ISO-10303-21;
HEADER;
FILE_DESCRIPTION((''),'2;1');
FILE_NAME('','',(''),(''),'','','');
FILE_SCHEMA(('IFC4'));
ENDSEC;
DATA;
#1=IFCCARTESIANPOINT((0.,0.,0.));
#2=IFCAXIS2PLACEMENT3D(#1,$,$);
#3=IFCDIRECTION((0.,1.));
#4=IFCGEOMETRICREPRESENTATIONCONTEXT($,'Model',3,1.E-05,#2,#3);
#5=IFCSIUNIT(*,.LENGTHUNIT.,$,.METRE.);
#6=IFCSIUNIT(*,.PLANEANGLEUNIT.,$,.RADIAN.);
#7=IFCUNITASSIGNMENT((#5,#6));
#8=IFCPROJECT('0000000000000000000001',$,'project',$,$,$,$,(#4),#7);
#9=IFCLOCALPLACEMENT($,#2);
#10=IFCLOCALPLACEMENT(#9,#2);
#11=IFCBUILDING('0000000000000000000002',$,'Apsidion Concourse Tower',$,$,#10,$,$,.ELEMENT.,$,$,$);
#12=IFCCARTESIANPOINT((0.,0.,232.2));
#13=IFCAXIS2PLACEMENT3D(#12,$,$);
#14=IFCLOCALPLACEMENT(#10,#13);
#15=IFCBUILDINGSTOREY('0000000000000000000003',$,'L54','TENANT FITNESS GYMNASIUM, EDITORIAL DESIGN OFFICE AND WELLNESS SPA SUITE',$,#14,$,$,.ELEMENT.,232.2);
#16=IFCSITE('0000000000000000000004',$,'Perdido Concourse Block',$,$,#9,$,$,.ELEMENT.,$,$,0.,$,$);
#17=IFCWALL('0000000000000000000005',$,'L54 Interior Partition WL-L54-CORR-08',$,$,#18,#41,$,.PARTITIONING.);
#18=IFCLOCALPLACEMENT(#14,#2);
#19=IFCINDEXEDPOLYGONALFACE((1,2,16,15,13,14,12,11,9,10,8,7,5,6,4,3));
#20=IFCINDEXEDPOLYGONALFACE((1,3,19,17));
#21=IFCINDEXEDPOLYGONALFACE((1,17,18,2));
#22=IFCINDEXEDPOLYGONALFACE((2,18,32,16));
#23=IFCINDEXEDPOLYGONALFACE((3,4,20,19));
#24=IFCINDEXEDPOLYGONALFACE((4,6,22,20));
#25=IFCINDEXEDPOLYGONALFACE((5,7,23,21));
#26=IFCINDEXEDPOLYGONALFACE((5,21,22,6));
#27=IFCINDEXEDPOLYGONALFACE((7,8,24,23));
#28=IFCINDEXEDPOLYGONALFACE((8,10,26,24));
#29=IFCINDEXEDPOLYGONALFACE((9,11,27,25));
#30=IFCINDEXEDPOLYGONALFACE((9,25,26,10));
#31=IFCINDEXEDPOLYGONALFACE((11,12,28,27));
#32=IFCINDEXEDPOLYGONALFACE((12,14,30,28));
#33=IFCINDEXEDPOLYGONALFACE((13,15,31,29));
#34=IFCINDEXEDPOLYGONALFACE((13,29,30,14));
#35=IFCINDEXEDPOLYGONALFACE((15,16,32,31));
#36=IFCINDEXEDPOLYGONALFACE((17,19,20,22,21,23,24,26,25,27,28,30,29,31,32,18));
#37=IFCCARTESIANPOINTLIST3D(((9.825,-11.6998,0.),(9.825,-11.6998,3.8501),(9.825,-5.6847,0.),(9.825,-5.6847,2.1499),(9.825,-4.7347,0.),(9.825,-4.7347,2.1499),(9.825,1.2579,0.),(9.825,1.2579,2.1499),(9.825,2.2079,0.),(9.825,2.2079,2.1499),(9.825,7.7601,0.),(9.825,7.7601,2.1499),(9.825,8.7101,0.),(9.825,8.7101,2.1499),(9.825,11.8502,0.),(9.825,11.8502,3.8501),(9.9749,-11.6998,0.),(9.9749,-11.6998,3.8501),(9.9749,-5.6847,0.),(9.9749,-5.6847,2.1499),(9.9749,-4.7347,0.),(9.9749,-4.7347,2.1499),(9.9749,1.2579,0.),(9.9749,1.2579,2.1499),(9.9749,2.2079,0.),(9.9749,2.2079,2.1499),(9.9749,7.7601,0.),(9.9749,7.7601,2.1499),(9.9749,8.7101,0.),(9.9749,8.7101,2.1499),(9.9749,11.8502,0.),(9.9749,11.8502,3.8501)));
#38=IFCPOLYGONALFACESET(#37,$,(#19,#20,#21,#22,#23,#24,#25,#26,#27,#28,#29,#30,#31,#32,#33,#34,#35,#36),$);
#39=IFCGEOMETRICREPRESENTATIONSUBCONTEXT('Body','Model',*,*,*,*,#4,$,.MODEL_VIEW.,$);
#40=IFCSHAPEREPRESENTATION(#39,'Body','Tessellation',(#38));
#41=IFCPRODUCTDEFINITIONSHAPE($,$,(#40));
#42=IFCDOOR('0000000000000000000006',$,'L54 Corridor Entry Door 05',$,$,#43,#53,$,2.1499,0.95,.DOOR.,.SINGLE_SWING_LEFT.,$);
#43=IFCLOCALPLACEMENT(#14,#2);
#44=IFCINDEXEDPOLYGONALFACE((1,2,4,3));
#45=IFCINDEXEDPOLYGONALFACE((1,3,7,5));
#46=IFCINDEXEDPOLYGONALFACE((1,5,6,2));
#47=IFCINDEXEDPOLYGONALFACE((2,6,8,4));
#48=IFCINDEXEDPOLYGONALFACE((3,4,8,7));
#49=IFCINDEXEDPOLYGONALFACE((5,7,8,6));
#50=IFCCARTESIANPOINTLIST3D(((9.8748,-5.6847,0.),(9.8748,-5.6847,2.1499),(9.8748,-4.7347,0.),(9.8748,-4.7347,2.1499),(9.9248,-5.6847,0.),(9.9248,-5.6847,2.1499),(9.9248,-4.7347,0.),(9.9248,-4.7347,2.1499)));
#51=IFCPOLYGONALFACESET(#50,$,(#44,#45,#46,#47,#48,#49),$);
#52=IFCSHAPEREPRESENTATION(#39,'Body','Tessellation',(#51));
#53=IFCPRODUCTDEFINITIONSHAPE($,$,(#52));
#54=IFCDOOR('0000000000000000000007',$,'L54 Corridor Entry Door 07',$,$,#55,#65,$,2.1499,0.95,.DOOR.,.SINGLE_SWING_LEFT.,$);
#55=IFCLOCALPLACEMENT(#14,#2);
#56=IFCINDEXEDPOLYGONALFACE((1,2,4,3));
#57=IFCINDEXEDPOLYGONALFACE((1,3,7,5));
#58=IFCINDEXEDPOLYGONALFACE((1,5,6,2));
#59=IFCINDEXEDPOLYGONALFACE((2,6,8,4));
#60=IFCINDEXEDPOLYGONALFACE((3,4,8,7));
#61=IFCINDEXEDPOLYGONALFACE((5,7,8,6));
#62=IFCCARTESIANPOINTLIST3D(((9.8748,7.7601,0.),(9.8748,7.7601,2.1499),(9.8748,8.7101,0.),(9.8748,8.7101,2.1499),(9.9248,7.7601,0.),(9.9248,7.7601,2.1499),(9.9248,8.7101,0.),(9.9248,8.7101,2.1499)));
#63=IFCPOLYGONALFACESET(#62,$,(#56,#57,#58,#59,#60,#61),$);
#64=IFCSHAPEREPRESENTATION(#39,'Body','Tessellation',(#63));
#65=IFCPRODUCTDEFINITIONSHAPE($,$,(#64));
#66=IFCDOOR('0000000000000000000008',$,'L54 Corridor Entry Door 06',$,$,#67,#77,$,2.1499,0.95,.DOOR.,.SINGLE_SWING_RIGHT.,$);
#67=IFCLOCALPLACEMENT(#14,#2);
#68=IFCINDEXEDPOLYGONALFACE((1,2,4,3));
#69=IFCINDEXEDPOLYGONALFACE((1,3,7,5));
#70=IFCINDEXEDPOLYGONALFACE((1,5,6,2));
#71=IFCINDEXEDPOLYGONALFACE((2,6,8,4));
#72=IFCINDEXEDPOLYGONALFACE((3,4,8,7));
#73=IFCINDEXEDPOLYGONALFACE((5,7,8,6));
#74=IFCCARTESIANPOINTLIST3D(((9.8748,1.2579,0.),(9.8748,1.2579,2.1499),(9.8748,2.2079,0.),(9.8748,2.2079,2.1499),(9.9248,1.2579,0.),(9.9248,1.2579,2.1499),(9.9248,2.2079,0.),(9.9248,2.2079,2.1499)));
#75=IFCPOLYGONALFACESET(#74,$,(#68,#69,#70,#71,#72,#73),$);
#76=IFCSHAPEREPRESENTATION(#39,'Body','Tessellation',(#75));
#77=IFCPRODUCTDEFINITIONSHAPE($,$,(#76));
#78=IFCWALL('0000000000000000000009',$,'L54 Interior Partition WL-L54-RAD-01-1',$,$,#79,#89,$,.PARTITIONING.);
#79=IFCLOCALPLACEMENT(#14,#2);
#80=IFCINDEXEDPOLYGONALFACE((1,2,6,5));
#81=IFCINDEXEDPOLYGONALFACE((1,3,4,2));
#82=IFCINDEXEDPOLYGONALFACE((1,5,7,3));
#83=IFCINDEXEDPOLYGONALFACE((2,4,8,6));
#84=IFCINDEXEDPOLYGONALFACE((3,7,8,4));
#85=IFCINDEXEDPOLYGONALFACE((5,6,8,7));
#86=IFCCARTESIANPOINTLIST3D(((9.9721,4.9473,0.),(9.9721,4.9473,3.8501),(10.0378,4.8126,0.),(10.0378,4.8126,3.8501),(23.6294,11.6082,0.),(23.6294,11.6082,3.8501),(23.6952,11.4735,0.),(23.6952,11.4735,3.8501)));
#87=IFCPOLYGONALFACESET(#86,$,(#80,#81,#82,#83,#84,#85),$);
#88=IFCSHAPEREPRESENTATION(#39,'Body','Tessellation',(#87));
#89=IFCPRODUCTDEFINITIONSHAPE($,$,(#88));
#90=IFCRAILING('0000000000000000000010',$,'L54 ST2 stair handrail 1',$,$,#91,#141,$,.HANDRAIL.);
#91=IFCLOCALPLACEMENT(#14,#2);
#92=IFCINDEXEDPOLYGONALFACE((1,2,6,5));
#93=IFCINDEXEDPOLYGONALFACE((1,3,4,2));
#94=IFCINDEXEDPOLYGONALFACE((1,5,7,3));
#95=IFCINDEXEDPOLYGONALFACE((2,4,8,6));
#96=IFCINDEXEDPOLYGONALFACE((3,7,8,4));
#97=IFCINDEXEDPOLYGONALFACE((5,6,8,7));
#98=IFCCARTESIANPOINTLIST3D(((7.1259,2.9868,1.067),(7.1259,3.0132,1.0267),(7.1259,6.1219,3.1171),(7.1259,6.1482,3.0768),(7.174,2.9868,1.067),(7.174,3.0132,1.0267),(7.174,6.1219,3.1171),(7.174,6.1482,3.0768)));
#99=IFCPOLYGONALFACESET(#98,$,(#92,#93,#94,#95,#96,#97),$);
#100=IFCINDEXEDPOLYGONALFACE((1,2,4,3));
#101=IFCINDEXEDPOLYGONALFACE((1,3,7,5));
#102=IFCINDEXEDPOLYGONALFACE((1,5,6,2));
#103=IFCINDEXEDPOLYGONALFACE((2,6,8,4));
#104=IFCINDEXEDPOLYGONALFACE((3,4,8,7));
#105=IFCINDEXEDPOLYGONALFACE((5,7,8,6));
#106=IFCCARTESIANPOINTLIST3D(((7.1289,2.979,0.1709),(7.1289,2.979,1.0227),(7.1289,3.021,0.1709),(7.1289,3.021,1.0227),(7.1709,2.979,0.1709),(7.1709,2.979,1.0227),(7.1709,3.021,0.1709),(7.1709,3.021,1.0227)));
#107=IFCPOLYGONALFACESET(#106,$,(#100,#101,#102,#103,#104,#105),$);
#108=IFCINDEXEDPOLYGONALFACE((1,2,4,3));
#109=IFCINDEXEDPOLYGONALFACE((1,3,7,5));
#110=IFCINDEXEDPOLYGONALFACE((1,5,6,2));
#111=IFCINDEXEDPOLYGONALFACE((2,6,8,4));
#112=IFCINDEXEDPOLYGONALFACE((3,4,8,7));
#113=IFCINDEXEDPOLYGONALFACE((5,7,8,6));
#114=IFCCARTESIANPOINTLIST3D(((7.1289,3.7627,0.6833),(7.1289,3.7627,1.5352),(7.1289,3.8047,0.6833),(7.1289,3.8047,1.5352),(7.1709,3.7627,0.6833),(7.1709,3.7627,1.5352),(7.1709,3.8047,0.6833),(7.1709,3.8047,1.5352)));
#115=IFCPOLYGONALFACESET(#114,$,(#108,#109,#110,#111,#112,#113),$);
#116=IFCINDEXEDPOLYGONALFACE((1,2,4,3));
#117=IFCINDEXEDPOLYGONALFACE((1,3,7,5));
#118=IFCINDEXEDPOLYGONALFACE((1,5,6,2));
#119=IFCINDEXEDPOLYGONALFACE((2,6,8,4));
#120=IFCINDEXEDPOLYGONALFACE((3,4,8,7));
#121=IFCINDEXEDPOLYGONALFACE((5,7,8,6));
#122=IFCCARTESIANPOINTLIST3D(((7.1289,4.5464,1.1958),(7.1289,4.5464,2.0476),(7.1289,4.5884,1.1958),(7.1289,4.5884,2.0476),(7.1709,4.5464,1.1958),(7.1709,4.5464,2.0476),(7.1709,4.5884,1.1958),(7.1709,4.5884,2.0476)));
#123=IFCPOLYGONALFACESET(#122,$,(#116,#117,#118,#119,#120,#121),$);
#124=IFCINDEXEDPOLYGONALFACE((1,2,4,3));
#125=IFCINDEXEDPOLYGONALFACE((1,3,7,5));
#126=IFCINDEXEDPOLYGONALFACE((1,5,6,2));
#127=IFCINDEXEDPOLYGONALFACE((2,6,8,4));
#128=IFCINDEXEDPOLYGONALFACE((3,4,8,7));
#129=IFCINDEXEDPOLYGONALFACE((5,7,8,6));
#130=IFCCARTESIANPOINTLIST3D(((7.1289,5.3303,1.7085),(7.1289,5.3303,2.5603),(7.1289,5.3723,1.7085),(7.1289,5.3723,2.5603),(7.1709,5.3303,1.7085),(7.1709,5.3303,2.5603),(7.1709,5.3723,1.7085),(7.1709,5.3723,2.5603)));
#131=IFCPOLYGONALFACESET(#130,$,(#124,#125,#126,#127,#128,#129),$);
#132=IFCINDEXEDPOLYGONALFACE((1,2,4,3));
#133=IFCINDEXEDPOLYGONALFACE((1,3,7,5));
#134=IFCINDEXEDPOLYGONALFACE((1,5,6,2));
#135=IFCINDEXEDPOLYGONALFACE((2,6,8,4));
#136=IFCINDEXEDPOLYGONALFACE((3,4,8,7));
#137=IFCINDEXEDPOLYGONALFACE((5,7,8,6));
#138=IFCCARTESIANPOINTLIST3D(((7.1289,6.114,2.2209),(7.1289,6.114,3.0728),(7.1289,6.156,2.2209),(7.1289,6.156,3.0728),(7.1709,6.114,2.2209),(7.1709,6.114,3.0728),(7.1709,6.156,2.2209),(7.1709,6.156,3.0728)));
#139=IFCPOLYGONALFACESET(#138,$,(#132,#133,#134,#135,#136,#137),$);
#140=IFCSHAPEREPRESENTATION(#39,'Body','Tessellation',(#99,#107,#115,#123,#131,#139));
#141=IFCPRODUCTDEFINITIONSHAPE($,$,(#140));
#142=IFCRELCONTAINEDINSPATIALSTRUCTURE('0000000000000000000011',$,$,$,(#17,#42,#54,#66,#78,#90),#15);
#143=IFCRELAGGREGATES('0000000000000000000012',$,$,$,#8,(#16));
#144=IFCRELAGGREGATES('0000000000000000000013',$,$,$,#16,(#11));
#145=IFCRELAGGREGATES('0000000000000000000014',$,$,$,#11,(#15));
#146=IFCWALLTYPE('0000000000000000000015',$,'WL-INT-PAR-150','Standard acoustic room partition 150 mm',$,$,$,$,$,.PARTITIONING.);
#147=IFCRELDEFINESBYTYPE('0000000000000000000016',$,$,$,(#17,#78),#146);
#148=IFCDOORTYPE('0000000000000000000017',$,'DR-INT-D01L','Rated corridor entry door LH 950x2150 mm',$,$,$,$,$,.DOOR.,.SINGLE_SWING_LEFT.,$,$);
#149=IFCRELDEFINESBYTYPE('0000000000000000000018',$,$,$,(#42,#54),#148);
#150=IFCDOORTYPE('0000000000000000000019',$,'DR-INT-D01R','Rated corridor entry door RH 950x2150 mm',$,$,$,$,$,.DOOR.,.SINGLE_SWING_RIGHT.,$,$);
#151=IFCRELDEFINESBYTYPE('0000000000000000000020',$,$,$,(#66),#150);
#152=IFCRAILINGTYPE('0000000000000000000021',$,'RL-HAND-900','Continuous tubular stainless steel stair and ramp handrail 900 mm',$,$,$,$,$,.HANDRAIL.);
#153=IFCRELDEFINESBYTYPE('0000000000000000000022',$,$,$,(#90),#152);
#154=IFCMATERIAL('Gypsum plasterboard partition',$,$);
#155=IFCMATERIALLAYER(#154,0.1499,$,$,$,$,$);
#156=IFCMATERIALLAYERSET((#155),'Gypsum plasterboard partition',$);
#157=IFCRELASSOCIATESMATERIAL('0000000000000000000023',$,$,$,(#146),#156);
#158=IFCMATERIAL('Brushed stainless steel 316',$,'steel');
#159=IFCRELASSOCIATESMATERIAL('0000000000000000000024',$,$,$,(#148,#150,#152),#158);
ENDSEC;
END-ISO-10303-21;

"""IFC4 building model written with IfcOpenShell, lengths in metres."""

from ifc_helpers import new_model, si_unit, direction, frame, frame_2d, origin, origin_2d, place, context, subcontext, project, spatial, rectangle, extrude, material, layer, layer_set, type_object, element, fill, save


model = new_model("IFC4")

# Units and contexts
model_context = context("Model", 3, precision=1e-05, world=origin(), true_north=direction((0.0, 1.0)))
body_context = subcontext(model_context, "Body", "Model", "MODEL_VIEW")
ifc_project = project(units=[si_unit("LENGTHUNIT", "METRE"), si_unit("PLANEANGLEUNIT", "RADIAN")], contexts=[model_context])

# Site, building, storey
site_placement = place(None, origin())
site = spatial("IfcSite", under=ifc_project, at=site_placement, Name="Perdido Concourse Block", CompositionType="ELEMENT", RefElevation=0.0)
building_placement = place(site_placement, origin())
building = spatial("IfcBuilding", under=site, at=building_placement, Name="Apsidion Concourse Tower", CompositionType="ELEMENT")
storey_placement = place(building_placement, frame((0.0, 0.0, 232.2)))
storey = spatial("IfcBuildingStorey", under=building, at=storey_placement, Name="L54", Description="TENANT FITNESS GYMNASIUM, EDITORIAL DESIGN OFFICE AND WELLNESS SPA SUITE", CompositionType="ELEMENT", Elevation=232.2)

# Wall, openings, doors
ifc_material_1 = material(Name="Gypsum plasterboard partition")
ifc_layer = layer(ifc_material_1, 0.1499)
ifc_layer_set = layer_set([ifc_layer], Name="Gypsum plasterboard partition")
wall_type = type_object("IfcWallType", Name="WL-INT-PAR-150", Description="Standard acoustic room partition 150 mm", PredefinedType="PARTITIONING", material=ifc_layer_set)
wall_1_placement = place(storey_placement, frame((9.8999, 11.8501, 0.0), z_axis=(0.0, 0.0, 1.0), x_axis=(0.0, -1.0, 0.0)))
wall_1 = element("IfcWall", 1, at=wall_1_placement, inside=storey, type_object=wall_type, Name="L54 Interior Partition WL-L54-CORR-08", PredefinedType="PARTITIONING", context=body_context, shape_type="SweptSolid", body=[
    extrude(rectangle(XDim=23.55, YDim=0.1499, at=frame_2d((11.7749, 0.0))), origin(), (0.0, 0.0, 1.0), 3.8501),
])
opening_1_placement = place(wall_1_placement, frame((16.5847, 0.0, 0.0)))
opening_1 = element("IfcOpeningElement", 2, at=opening_1_placement, cuts=wall_1, PredefinedType="OPENING", context=body_context, shape_type="SweptSolid", body=[
    extrude(rectangle(XDim=0.95, YDim=2.1499, at=frame_2d((0.4751, 1.075))), frame((0.0, 0.085, 0.0), z_axis=(0.0, -1.0, 0.0), x_axis=(1.0, 0.0, 0.0)), (0.0, 0.0, 1.0), 0.1699),
])
opening_2_placement = place(wall_1_placement, frame((9.6421, 0.0, 0.0)))
opening_2 = element("IfcOpeningElement", 3, at=opening_2_placement, cuts=wall_1, PredefinedType="OPENING", context=body_context, shape_type="SweptSolid", body=[
    extrude(rectangle(XDim=0.95, YDim=2.1499, at=frame_2d((0.4751, 1.075))), frame((0.0, 0.085, 0.0), z_axis=(0.0, -1.0, 0.0), x_axis=(1.0, 0.0, 0.0)), (0.0, 0.0, 1.0), 0.1699),
])
opening_3_placement = place(wall_1_placement, frame((3.1399, 0.0, 0.0)))
opening_3 = element("IfcOpeningElement", 4, at=opening_3_placement, cuts=wall_1, PredefinedType="OPENING", context=body_context, shape_type="SweptSolid", body=[
    extrude(rectangle(XDim=0.95, YDim=2.1499, at=frame_2d((0.4751, 1.075))), frame((0.0, 0.085, 0.0), z_axis=(0.0, -1.0, 0.0), x_axis=(1.0, 0.0, 0.0)), (0.0, 0.0, 1.0), 0.1699),
])
ifc_material_2 = material(Name="Brushed stainless steel 316", Category="steel")
door_type_1 = type_object("IfcDoorType", Name="DR-INT-D01L", Description="Rated corridor entry door LH 950x2150 mm", OperationType="SINGLE_SWING_LEFT", PredefinedType="DOOR", material=ifc_material_2)
door_1_placement = place(opening_1_placement, origin())
door_1 = element("IfcDoor", 5, at=door_1_placement, inside=storey, type_object=door_type_1, Name="L54 Corridor Entry Door 05", OperationType="SINGLE_SWING_LEFT", OverallHeight=2.1499, OverallWidth=0.95, PredefinedType="DOOR", context=body_context, shape_type="SweptSolid", body=[
    extrude(rectangle(XDim=0.95, YDim=2.1499, at=frame_2d((0.4751, 1.075))), frame((0.0, 0.0249, 0.0), z_axis=(0.0, -1.0, 0.0), x_axis=(1.0, 0.0, 0.0)), (0.0, 0.0, 1.0), 0.05),
])
fill(opening_1, door_1)
door_2_placement = place(opening_3_placement, origin())
door_2 = element("IfcDoor", 6, at=door_2_placement, inside=storey, type_object=door_type_1, Name="L54 Corridor Entry Door 07", OperationType="SINGLE_SWING_LEFT", OverallHeight=2.1499, OverallWidth=0.95, PredefinedType="DOOR", context=body_context, shape_type="SweptSolid", body=[
    extrude(rectangle(XDim=0.95, YDim=2.1499, at=frame_2d((0.4751, 1.075))), frame((0.0, 0.0249, 0.0), z_axis=(0.0, -1.0, 0.0), x_axis=(1.0, 0.0, 0.0)), (0.0, 0.0, 1.0), 0.05),
])
fill(opening_3, door_2)
door_type_2 = type_object("IfcDoorType", Name="DR-INT-D01R", Description="Rated corridor entry door RH 950x2150 mm", OperationType="SINGLE_SWING_RIGHT", PredefinedType="DOOR", material=ifc_material_2)
door_3_placement = place(opening_2_placement, origin())
door_3 = element("IfcDoor", 7, at=door_3_placement, inside=storey, type_object=door_type_2, Name="L54 Corridor Entry Door 06", OperationType="SINGLE_SWING_RIGHT", OverallHeight=2.1499, OverallWidth=0.95, PredefinedType="DOOR", context=body_context, shape_type="SweptSolid", body=[
    extrude(rectangle(XDim=0.95, YDim=2.1499, at=frame_2d((0.4751, 1.075))), frame((0.0, 0.0249, 0.0), z_axis=(0.0, -1.0, 0.0), x_axis=(1.0, 0.0, 0.0)), (0.0, 0.0, 1.0), 0.05),
])
fill(opening_2, door_3)

# Wall
wall_2_placement = place(storey_placement, frame((10.0049, 4.8799, 0.0), z_axis=(0.0, 0.0, 1.0), x_axis=(0.898799, 0.438361, 0.0)))
element("IfcWall", 8, at=wall_2_placement, inside=storey, type_object=wall_type, Name="L54 Interior Partition WL-L54-RAD-01-1", PredefinedType="PARTITIONING", context=body_context, shape_type="SweptSolid", body=[
    extrude(rectangle(XDim=15.1951, YDim=0.1499, at=frame_2d((7.5977, 0.0))), origin(), (0.0, 0.0, 1.0), 3.8501),
])

# Railing
railing_type = type_object("IfcRailingType", Name="RL-HAND-900", Description="Continuous tubular stainless steel stair and ramp handrail 900 mm", PredefinedType="HANDRAIL", material=ifc_material_2)
railing_placement = place(storey_placement, frame((7.1499, 3.0, 0.1709)))
element("IfcRailing", 9, at=railing_placement, inside=storey, type_object=railing_type, Name="L54 ST2 stair handrail 1", PredefinedType="HANDRAIL", context=body_context, shape_type="SweptSolid", body=[
    extrude(rectangle(XDim=0.0481, YDim=0.0481, at=origin_2d()), frame((0.0, 0.0, 0.876), z_axis=(0.0, 0.836941, 0.547293), x_axis=(-1.0, 0.0, 0.0)), (0.0, 0.0, 1.0), 3.7458),
    extrude(rectangle(XDim=0.042, YDim=0.042, at=origin_2d()), origin(), (0.0, 0.0, 1.0), 0.8518),
    extrude(rectangle(XDim=0.042, YDim=0.042, at=origin_2d()), frame((0.0, 0.7837, 0.5125)), (0.0, 0.0, 1.0), 0.8518),
    extrude(rectangle(XDim=0.042, YDim=0.042, at=origin_2d()), frame((0.0, 1.5674, 1.0249)), (0.0, 0.0, 1.0), 0.8518),
    extrude(rectangle(XDim=0.042, YDim=0.042, at=origin_2d()), frame((0.0, 2.3513, 1.5376)), (0.0, 0.0, 1.0), 0.8518),
    extrude(rectangle(XDim=0.042, YDim=0.042, at=origin_2d()), frame((0.0, 3.135, 2.05)), (0.0, 0.0, 1.0), 0.8518),
])

save(model, "model.ifc")
